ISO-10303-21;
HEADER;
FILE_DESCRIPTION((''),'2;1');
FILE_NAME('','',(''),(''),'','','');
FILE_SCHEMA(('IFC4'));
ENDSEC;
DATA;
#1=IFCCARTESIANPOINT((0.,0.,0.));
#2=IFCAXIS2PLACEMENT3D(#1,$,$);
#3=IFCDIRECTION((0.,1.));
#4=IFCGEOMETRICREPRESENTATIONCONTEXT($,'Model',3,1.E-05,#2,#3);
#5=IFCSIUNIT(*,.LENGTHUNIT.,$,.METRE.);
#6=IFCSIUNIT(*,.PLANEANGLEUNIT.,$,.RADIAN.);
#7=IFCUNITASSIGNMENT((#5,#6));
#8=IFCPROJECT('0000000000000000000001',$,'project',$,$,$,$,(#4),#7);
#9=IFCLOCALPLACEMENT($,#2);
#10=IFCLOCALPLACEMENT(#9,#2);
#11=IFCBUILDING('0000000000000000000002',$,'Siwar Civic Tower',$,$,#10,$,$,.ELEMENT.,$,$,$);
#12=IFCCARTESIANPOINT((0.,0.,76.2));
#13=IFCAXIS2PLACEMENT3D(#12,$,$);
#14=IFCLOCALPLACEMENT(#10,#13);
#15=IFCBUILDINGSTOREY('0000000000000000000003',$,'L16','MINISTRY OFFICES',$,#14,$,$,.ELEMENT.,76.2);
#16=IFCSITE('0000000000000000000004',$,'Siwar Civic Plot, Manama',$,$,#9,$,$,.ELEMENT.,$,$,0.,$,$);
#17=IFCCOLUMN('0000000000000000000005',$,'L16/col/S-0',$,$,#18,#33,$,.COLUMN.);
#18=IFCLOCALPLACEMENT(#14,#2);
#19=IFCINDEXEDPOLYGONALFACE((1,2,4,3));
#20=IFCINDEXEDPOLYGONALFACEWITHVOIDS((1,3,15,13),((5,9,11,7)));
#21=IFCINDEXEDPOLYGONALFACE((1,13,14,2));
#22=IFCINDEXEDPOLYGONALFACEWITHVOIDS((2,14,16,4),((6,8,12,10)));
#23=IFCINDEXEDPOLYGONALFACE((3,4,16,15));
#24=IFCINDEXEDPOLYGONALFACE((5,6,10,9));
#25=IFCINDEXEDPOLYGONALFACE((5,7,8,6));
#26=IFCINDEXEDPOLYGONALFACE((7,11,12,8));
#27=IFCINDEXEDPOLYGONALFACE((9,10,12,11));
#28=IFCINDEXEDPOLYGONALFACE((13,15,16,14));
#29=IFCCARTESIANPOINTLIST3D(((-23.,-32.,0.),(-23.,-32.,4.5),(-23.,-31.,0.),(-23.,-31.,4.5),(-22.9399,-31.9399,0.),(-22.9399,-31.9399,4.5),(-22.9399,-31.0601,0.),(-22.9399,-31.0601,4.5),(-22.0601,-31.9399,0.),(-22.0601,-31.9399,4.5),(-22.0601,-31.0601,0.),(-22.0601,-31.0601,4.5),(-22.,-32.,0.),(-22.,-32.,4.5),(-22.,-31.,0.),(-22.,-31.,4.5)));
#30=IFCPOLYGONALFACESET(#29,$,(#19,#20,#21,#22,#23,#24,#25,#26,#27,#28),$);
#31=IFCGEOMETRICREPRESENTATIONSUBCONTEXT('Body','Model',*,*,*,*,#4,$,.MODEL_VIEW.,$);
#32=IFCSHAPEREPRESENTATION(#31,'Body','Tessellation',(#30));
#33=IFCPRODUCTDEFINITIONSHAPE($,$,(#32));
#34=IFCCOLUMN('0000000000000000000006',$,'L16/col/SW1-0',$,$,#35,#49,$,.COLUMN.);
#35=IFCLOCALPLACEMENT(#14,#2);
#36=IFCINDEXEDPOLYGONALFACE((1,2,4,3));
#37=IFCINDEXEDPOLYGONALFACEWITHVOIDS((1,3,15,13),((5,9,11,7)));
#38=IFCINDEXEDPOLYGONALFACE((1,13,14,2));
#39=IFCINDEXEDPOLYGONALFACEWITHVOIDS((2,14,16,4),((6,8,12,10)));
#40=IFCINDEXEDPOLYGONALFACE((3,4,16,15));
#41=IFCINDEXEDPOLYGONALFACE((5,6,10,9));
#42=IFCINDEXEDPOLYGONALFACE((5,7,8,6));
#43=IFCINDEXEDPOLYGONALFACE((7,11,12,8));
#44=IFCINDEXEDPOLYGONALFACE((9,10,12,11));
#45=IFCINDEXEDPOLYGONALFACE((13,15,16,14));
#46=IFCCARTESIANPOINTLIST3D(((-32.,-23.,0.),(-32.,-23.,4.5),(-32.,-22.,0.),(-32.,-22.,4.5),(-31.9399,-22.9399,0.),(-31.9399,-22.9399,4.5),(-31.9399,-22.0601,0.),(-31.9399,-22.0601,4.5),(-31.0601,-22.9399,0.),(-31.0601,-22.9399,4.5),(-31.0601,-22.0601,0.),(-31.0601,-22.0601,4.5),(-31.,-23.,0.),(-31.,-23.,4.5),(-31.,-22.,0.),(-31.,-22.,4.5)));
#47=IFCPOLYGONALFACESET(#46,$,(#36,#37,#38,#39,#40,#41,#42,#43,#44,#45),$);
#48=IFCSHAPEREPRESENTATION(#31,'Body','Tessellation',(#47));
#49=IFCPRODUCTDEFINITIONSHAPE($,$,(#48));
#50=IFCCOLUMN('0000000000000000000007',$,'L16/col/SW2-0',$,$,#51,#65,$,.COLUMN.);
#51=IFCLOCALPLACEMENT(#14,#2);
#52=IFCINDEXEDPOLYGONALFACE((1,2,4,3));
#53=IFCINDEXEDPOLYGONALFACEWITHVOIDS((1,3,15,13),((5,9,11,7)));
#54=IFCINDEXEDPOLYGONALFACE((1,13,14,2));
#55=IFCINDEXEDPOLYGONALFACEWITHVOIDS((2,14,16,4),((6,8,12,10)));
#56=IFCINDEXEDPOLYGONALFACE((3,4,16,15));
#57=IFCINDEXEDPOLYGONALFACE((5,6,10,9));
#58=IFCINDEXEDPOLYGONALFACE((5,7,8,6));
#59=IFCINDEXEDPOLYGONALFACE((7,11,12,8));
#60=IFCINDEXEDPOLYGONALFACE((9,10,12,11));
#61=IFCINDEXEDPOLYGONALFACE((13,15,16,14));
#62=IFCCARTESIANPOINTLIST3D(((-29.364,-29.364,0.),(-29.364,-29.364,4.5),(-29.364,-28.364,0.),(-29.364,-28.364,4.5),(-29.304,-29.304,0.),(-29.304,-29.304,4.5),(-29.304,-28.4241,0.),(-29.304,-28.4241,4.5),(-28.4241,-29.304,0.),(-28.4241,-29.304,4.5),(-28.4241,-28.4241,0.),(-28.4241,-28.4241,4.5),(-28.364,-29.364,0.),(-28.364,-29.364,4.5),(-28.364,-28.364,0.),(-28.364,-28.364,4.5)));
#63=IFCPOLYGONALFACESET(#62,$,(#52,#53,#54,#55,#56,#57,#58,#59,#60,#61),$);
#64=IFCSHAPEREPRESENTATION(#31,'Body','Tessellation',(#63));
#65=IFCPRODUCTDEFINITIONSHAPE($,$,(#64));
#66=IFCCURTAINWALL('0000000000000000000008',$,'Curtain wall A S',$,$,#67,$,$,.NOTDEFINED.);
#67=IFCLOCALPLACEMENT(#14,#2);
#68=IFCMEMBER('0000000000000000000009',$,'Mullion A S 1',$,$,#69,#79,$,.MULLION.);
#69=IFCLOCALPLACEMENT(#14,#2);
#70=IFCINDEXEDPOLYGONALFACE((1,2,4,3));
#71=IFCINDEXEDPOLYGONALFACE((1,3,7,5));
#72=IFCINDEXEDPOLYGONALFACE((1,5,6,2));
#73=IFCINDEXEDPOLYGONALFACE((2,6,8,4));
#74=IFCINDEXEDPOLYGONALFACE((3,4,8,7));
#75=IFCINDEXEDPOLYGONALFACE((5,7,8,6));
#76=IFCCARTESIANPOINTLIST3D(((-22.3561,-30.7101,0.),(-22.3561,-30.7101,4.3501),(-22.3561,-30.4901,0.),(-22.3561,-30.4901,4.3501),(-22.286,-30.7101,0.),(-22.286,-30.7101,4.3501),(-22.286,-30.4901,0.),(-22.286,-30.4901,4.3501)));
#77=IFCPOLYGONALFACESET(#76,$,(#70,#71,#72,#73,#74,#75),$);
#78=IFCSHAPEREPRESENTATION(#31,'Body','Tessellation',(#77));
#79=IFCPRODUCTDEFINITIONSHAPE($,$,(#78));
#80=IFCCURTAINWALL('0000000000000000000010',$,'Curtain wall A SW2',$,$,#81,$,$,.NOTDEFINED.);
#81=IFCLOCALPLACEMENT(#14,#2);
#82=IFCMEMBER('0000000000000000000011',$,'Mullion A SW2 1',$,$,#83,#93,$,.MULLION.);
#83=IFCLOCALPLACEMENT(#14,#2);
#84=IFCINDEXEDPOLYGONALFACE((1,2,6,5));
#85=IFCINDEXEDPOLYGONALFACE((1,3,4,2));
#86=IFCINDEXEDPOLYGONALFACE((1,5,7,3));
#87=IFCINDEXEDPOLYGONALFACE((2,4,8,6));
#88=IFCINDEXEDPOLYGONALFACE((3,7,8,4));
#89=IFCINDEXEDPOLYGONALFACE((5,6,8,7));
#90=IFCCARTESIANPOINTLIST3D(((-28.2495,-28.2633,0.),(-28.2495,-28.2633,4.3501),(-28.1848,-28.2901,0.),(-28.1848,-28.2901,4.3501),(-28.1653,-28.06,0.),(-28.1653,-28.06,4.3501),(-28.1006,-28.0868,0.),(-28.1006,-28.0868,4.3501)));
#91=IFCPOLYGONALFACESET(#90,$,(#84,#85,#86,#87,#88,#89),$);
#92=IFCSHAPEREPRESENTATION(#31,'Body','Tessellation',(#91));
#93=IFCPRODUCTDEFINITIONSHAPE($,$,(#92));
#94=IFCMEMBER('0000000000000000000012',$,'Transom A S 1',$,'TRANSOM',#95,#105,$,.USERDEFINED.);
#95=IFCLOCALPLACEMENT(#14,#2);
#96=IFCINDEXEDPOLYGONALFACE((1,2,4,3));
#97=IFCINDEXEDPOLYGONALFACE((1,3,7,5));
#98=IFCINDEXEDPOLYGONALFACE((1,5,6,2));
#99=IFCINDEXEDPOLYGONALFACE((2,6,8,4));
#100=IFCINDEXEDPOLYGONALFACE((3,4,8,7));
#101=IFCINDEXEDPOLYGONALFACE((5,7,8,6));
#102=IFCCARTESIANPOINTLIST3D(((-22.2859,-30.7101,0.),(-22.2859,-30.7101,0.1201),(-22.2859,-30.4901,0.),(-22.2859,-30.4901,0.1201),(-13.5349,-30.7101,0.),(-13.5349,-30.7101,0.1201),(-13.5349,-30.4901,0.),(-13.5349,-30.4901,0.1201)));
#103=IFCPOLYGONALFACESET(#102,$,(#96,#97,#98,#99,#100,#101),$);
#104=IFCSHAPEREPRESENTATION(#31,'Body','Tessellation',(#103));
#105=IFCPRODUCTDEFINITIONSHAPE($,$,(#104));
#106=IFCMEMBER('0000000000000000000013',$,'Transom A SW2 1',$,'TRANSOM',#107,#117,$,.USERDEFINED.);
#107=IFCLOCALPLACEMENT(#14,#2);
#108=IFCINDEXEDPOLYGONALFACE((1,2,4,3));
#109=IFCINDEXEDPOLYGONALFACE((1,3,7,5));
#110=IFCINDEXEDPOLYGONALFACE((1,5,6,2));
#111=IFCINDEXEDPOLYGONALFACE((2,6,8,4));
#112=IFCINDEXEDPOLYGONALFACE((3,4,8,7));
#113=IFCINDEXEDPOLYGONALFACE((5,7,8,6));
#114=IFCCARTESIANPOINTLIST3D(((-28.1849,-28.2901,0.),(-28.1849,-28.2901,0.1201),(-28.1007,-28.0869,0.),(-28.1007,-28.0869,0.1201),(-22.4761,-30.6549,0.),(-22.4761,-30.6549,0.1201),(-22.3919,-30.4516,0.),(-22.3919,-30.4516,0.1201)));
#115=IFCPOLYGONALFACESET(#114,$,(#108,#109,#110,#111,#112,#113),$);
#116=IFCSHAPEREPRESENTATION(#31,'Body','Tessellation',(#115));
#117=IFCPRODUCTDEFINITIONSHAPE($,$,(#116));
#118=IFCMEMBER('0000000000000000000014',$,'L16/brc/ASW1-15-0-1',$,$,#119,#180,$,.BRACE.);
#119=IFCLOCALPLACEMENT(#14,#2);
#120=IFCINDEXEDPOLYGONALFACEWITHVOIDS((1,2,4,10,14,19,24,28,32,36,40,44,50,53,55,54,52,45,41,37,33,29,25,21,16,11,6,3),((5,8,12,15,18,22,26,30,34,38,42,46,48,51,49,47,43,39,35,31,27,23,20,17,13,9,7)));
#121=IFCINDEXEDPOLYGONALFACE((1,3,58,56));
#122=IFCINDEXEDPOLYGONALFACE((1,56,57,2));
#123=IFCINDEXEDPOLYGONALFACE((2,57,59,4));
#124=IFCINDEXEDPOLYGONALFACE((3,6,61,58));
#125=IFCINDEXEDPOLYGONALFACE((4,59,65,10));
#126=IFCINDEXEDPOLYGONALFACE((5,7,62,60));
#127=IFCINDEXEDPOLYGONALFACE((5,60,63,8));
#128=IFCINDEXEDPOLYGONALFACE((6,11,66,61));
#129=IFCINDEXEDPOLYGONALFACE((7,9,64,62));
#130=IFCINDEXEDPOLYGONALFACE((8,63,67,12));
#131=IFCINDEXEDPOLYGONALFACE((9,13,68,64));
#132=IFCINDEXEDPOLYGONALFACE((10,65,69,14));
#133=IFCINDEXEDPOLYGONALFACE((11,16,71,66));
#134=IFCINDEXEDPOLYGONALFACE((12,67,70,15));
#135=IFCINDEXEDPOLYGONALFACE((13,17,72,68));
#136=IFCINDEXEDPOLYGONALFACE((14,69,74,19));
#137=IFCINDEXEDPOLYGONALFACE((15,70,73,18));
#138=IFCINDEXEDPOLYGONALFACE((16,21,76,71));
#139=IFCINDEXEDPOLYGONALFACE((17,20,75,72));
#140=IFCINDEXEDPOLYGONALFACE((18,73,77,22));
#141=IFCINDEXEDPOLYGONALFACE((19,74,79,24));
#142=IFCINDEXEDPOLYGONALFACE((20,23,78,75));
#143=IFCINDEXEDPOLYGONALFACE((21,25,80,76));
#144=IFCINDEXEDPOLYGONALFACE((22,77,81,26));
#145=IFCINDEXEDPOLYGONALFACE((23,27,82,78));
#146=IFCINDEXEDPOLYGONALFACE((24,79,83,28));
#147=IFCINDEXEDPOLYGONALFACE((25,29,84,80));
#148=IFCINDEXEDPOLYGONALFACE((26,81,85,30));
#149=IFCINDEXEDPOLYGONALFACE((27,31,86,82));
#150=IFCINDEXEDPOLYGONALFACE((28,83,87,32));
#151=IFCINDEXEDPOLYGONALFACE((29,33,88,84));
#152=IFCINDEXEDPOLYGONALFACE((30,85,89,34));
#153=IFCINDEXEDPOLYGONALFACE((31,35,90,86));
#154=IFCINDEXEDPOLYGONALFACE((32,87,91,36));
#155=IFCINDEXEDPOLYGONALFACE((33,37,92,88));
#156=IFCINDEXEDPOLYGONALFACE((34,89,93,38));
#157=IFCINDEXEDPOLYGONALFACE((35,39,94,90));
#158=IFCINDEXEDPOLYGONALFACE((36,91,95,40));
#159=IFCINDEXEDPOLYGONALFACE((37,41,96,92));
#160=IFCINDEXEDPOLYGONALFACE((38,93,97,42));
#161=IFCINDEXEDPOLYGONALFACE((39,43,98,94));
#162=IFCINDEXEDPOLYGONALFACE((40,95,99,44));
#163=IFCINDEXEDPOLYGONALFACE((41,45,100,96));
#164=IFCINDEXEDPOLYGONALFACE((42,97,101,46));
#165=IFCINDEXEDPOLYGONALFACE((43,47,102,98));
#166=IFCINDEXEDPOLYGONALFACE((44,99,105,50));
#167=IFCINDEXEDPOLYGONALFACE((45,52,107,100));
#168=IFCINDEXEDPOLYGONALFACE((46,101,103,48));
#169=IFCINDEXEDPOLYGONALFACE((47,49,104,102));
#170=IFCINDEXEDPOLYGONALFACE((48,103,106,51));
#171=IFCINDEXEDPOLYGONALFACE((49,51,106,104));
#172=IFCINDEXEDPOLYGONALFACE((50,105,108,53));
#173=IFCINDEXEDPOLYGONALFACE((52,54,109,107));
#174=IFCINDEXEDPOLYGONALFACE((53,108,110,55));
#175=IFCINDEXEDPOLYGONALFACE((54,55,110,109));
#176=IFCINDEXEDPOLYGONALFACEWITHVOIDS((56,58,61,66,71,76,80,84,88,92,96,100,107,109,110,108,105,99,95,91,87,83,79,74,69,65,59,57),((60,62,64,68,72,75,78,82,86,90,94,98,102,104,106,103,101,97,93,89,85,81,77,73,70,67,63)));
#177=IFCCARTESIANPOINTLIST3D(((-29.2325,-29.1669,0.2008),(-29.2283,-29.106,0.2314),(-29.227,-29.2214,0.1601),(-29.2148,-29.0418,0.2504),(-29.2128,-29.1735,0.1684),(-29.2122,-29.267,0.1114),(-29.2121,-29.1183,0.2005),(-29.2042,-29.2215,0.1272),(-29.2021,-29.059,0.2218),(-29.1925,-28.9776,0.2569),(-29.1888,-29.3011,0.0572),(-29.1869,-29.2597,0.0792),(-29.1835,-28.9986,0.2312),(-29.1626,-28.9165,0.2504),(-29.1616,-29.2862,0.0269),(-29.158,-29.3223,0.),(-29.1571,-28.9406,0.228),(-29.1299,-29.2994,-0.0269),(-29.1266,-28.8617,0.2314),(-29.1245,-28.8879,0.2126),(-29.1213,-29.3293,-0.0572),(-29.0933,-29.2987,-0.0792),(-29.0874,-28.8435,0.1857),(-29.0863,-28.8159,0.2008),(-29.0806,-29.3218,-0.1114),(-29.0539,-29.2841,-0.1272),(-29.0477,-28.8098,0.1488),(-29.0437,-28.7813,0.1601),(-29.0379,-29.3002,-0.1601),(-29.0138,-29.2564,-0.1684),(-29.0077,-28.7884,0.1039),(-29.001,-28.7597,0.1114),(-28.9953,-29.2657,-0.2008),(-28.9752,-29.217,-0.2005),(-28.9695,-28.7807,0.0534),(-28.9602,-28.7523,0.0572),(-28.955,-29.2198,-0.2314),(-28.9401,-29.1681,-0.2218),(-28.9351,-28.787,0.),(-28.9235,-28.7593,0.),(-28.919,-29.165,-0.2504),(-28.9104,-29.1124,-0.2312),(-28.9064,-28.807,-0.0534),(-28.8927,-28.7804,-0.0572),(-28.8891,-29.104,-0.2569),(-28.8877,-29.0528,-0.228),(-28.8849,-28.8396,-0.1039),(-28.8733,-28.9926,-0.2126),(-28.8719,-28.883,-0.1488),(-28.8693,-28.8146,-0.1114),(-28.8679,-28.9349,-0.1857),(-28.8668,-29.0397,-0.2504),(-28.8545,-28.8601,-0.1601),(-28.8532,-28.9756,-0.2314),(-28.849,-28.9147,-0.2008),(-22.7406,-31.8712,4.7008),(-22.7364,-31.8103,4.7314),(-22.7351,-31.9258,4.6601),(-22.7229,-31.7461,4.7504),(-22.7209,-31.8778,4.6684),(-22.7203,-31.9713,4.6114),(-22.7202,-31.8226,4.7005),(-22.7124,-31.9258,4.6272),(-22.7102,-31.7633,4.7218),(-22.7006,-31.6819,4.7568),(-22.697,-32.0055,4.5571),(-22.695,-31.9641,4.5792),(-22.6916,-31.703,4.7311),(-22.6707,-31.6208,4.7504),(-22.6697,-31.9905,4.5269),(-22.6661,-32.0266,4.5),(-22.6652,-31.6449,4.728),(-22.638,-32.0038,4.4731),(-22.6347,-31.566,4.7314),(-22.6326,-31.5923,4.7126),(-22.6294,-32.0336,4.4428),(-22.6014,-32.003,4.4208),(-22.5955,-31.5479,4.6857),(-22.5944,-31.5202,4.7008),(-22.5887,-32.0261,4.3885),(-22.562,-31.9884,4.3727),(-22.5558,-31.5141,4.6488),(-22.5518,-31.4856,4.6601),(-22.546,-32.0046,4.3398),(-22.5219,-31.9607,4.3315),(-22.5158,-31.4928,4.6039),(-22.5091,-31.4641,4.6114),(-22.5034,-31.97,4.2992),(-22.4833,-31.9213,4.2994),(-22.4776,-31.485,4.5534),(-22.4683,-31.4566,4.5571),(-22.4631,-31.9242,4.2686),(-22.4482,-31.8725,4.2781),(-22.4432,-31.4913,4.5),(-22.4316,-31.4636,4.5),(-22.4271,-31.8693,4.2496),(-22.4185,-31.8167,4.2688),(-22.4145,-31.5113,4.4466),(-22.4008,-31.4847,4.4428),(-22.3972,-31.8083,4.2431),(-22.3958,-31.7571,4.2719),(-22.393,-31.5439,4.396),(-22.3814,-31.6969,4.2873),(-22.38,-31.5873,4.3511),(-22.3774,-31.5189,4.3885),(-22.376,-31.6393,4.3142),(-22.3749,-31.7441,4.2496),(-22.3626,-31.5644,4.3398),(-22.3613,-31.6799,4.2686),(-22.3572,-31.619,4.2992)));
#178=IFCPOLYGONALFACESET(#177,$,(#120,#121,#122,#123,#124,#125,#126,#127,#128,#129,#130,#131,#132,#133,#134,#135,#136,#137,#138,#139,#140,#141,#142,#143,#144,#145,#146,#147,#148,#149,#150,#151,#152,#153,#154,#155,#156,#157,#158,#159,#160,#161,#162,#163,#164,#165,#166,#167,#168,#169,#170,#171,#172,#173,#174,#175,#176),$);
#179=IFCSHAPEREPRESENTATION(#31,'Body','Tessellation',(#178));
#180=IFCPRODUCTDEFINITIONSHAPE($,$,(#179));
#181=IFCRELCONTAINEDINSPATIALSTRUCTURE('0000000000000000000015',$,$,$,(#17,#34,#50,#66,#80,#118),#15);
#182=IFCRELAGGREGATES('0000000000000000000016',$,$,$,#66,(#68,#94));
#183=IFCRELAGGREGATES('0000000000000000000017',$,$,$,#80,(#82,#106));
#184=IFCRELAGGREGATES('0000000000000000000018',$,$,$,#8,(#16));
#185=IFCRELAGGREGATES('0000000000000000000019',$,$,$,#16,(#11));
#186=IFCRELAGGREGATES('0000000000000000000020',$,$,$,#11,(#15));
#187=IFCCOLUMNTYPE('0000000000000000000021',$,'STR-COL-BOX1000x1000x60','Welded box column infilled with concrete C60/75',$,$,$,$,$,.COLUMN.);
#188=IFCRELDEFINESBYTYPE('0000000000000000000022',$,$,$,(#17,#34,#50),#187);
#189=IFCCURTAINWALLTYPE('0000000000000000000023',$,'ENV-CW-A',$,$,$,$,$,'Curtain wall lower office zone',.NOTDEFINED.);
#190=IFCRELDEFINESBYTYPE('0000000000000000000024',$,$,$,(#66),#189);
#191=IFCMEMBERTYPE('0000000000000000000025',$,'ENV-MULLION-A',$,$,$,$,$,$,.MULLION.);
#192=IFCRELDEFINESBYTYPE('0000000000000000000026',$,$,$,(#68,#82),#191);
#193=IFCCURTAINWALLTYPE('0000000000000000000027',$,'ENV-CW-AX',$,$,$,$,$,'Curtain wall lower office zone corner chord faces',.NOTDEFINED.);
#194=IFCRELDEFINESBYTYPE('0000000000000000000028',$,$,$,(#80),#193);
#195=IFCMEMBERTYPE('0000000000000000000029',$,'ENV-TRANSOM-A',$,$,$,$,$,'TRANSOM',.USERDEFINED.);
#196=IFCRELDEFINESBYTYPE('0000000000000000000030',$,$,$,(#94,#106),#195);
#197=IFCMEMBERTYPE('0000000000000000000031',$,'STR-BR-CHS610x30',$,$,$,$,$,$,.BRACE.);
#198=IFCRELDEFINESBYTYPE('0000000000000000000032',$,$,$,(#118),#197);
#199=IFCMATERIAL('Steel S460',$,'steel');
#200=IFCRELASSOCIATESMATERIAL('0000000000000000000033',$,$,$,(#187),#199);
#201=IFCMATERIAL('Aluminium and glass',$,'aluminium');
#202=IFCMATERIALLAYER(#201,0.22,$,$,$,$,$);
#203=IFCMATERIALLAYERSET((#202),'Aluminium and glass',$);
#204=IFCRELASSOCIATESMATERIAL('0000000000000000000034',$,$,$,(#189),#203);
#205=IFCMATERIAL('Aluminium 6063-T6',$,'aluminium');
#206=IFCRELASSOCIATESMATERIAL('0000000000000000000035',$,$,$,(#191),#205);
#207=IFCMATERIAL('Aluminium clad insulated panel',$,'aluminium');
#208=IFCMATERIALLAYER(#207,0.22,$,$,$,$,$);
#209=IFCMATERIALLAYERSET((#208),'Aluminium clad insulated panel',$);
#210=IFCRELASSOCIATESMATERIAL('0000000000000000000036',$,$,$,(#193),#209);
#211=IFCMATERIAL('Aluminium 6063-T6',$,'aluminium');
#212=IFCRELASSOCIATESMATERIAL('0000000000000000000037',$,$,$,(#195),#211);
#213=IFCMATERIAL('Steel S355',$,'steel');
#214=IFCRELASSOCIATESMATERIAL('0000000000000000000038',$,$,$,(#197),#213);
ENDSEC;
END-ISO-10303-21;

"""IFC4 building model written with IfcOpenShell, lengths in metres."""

from ifc_helpers import new_model, si_unit, direction, frame, origin, origin_2d, place, context, subcontext, project, spatial, rectangle, hollow_rectangle, hollow_circle, extrude, material, layer, layer_set, material_profile, profile_set, type_object, element, aggregate, save


model = new_model("IFC4")

# Units and contexts
model_context = context("Model", 3, precision=1e-05, world=origin(), true_north=direction((0.0, 1.0)))
body_context = subcontext(model_context, "Body", "Model", "MODEL_VIEW")
ifc_project = project(units=[si_unit("LENGTHUNIT", "METRE"), si_unit("PLANEANGLEUNIT", "RADIAN")], contexts=[model_context])

# Site, building, storey
site_placement = place(None, origin())
site = spatial("IfcSite", under=ifc_project, at=site_placement, Name="Siwar Civic Plot, Manama", CompositionType="ELEMENT", RefElevation=0.0)
building_placement = place(site_placement, origin())
building = spatial("IfcBuilding", under=site, at=building_placement, Name="Siwar Civic Tower", CompositionType="ELEMENT")
storey_placement = place(building_placement, frame((0.0, 0.0, 76.2)))
storey = spatial("IfcBuildingStorey", under=building, at=storey_placement, Name="L16", Description="MINISTRY OFFICES", CompositionType="ELEMENT", Elevation=76.2)

# Columns
ifc_material_1 = material(Name="Steel S460", Category="steel")
ifc_material_profile_1 = material_profile(ifc_material_1, hollow_rectangle(XDim=1.0, YDim=1.0, WallThickness=0.0601, at=origin_2d()), Name="BOX1000x1000x60")
ifc_profile_set_1 = profile_set([ifc_material_profile_1], Name="Steel S460")
column_type = type_object("IfcColumnType", Name="STR-COL-BOX1000x1000x60", Description="Welded box column infilled with concrete C60/75", PredefinedType="COLUMN", material=ifc_profile_set_1)
for number, where, z_axis, x_axis, name in (
    (1, (-22.5, -31.5, 0.0), (0.0, 0.0, 1.0), (1.0, 0.0, 0.0), "L16/col/S-0"),
    (2, (-31.5, -22.5, 0.0), (0.0, 0.0, 1.0), (1.0, 0.0, 0.0), "L16/col/SW1-0"),
    (3, (-28.864, -28.864, 0.0), (0.0, 0.0, 1.0), (1.0, 0.0, 0.0), "L16/col/SW2-0"),
):
    element("IfcColumn", number, at=place(storey_placement, frame(where, z_axis=z_axis, x_axis=x_axis)), inside=storey, type_object=column_type, Name=name, PredefinedType="COLUMN", context=body_context, shape_type="SweptSolid", body=[
        extrude(hollow_rectangle(XDim=1.0, YDim=1.0, WallThickness=0.0601, at=origin_2d()), origin(), (0.0, 0.0, 1.0), 4.5),
    ])

# Curtain walls, members
ifc_material_2 = material(Name="Aluminium and glass", Category="aluminium")
ifc_layer_1 = layer(ifc_material_2, 0.22)
ifc_layer_set_1 = layer_set([ifc_layer_1], Name="Aluminium and glass")
curtain_wall_type_1 = type_object("IfcCurtainWallType", Name="ENV-CW-A", ElementType="Curtain wall lower office zone", PredefinedType="NOTDEFINED", material=ifc_layer_set_1)
curtain_wall_1_placement = place(storey_placement, origin())
curtain_wall_1 = element("IfcCurtainWall", 4, at=curtain_wall_1_placement, inside=storey, type_object=curtain_wall_type_1, Name="Curtain wall A S", PredefinedType="NOTDEFINED")
ifc_material_3 = material(Name="Aluminium 6063-T6", Category="aluminium")
ifc_material_profile_2 = material_profile(ifc_material_3, rectangle(XDim=0.22, YDim=0.0701, at=origin_2d()), Name="AL 220x70")
ifc_profile_set_2 = profile_set([ifc_material_profile_2], Name="Aluminium 6063-T6")
member_type_1 = type_object("IfcMemberType", Name="ENV-MULLION-A", PredefinedType="MULLION", material=ifc_profile_set_2)
member_1_placement = place(storey_placement, frame((-22.321, -30.6001, 0.0), z_axis=(0.0, 0.0, 1.0), x_axis=(0.0, 1.0, 0.0)))
member_1 = element("IfcMember", 5, at=member_1_placement, type_object=member_type_1, Name="Mullion A S 1", PredefinedType="MULLION", context=body_context, shape_type="SweptSolid", body=[
    extrude(rectangle(XDim=0.22, YDim=0.0701, at=origin_2d()), origin(), (0.0, 0.0, 1.0), 4.3501),
])
ifc_material_4 = material(Name="Aluminium clad insulated panel", Category="aluminium")
ifc_layer_2 = layer(ifc_material_4, 0.22)
ifc_layer_set_2 = layer_set([ifc_layer_2], Name="Aluminium clad insulated panel")
curtain_wall_type_2 = type_object("IfcCurtainWallType", Name="ENV-CW-AX", ElementType="Curtain wall lower office zone corner chord faces", PredefinedType="NOTDEFINED", material=ifc_layer_set_2)
curtain_wall_2_placement = place(storey_placement, origin())
curtain_wall_2 = element("IfcCurtainWall", 6, at=curtain_wall_2_placement, inside=storey, type_object=curtain_wall_type_2, Name="Curtain wall A SW2", PredefinedType="NOTDEFINED")
member_2_placement = place(storey_placement, frame((-28.175, -28.175, 0.0), z_axis=(0.0, 0.0, 1.0), x_axis=(0.382683, 0.92388, 0.0)))
member_2 = element("IfcMember", 7, at=member_2_placement, type_object=member_type_1, Name="Mullion A SW2 1", PredefinedType="MULLION", context=body_context, shape_type="SweptSolid", body=[
    extrude(rectangle(XDim=0.22, YDim=0.0701, at=origin_2d()), origin(), (0.0, 0.0, 1.0), 4.3501),
])

# Members
ifc_material_5 = material(Name="Aluminium 6063-T6", Category="aluminium")
ifc_material_profile_3 = material_profile(ifc_material_5, rectangle(XDim=0.22, YDim=0.1201, at=origin_2d()), Name="AL 220x120")
ifc_profile_set_3 = profile_set([ifc_material_profile_3], Name="Aluminium 6063-T6")
member_type_2 = type_object("IfcMemberType", Name="ENV-TRANSOM-A", ElementType="TRANSOM", PredefinedType="USERDEFINED", material=ifc_profile_set_3)
member_3_placement = place(storey_placement, frame((-22.2859, -30.6001, 0.0601), z_axis=(1.0, 0.0, 0.0), x_axis=(0.0, 1.0, 0.0)))
member_3 = element("IfcMember", 8, at=member_3_placement, type_object=member_type_2, Name="Transom A S 1", ObjectType="TRANSOM", PredefinedType="USERDEFINED", context=body_context, shape_type="SweptSolid", body=[
    extrude(rectangle(XDim=0.22, YDim=0.1201, at=origin_2d()), origin(), (0.0, 0.0, 1.0), 8.751),
])
aggregate(curtain_wall_1, [member_1, member_3])
member_4_placement = place(storey_placement, frame((-28.1428, -28.1885, 0.0601), z_axis=(0.923873, -0.382698, 0.0), x_axis=(0.382698, 0.923873, 0.0)))
member_4 = element("IfcMember", 9, at=member_4_placement, type_object=member_type_2, Name="Transom A SW2 1", ObjectType="TRANSOM", PredefinedType="USERDEFINED", context=body_context, shape_type="SweptSolid", body=[
    extrude(rectangle(XDim=0.22, YDim=0.1201, at=origin_2d()), origin(), (0.0, 0.0, 1.0), 6.1792),
])

# Member
ifc_material_6 = material(Name="Steel S355", Category="steel")
ifc_material_profile_4 = material_profile(ifc_material_6, hollow_circle(Radius=0.3049, WallThickness=0.03, at=origin_2d()), Name="CHS610x30")
ifc_profile_set_4 = profile_set([ifc_material_profile_4], Name="Steel S355")
member_type_3 = type_object("IfcMemberType", Name="STR-BR-CHS610x30", PredefinedType="BRACE", material=ifc_profile_set_4)
member_5_placement = place(storey_placement, frame((-29.0408, -29.0408, 0.0), z_axis=(0.777555, -0.323906, 0.538975), x_axis=(0.384539, 0.923109, 0.0)))
element("IfcMember", 10, at=member_5_placement, inside=storey, type_object=member_type_3, Name="L16/brc/ASW1-15-0-1", PredefinedType="BRACE", context=body_context, shape_type="SweptSolid", body=[
    extrude(hollow_circle(Radius=0.3049, WallThickness=0.03, at=origin_2d()), origin(), (0.0, 0.0, 1.0), 8.3491),
])

aggregate(curtain_wall_2, [member_2, member_4])

save(model, "model.ifc")
